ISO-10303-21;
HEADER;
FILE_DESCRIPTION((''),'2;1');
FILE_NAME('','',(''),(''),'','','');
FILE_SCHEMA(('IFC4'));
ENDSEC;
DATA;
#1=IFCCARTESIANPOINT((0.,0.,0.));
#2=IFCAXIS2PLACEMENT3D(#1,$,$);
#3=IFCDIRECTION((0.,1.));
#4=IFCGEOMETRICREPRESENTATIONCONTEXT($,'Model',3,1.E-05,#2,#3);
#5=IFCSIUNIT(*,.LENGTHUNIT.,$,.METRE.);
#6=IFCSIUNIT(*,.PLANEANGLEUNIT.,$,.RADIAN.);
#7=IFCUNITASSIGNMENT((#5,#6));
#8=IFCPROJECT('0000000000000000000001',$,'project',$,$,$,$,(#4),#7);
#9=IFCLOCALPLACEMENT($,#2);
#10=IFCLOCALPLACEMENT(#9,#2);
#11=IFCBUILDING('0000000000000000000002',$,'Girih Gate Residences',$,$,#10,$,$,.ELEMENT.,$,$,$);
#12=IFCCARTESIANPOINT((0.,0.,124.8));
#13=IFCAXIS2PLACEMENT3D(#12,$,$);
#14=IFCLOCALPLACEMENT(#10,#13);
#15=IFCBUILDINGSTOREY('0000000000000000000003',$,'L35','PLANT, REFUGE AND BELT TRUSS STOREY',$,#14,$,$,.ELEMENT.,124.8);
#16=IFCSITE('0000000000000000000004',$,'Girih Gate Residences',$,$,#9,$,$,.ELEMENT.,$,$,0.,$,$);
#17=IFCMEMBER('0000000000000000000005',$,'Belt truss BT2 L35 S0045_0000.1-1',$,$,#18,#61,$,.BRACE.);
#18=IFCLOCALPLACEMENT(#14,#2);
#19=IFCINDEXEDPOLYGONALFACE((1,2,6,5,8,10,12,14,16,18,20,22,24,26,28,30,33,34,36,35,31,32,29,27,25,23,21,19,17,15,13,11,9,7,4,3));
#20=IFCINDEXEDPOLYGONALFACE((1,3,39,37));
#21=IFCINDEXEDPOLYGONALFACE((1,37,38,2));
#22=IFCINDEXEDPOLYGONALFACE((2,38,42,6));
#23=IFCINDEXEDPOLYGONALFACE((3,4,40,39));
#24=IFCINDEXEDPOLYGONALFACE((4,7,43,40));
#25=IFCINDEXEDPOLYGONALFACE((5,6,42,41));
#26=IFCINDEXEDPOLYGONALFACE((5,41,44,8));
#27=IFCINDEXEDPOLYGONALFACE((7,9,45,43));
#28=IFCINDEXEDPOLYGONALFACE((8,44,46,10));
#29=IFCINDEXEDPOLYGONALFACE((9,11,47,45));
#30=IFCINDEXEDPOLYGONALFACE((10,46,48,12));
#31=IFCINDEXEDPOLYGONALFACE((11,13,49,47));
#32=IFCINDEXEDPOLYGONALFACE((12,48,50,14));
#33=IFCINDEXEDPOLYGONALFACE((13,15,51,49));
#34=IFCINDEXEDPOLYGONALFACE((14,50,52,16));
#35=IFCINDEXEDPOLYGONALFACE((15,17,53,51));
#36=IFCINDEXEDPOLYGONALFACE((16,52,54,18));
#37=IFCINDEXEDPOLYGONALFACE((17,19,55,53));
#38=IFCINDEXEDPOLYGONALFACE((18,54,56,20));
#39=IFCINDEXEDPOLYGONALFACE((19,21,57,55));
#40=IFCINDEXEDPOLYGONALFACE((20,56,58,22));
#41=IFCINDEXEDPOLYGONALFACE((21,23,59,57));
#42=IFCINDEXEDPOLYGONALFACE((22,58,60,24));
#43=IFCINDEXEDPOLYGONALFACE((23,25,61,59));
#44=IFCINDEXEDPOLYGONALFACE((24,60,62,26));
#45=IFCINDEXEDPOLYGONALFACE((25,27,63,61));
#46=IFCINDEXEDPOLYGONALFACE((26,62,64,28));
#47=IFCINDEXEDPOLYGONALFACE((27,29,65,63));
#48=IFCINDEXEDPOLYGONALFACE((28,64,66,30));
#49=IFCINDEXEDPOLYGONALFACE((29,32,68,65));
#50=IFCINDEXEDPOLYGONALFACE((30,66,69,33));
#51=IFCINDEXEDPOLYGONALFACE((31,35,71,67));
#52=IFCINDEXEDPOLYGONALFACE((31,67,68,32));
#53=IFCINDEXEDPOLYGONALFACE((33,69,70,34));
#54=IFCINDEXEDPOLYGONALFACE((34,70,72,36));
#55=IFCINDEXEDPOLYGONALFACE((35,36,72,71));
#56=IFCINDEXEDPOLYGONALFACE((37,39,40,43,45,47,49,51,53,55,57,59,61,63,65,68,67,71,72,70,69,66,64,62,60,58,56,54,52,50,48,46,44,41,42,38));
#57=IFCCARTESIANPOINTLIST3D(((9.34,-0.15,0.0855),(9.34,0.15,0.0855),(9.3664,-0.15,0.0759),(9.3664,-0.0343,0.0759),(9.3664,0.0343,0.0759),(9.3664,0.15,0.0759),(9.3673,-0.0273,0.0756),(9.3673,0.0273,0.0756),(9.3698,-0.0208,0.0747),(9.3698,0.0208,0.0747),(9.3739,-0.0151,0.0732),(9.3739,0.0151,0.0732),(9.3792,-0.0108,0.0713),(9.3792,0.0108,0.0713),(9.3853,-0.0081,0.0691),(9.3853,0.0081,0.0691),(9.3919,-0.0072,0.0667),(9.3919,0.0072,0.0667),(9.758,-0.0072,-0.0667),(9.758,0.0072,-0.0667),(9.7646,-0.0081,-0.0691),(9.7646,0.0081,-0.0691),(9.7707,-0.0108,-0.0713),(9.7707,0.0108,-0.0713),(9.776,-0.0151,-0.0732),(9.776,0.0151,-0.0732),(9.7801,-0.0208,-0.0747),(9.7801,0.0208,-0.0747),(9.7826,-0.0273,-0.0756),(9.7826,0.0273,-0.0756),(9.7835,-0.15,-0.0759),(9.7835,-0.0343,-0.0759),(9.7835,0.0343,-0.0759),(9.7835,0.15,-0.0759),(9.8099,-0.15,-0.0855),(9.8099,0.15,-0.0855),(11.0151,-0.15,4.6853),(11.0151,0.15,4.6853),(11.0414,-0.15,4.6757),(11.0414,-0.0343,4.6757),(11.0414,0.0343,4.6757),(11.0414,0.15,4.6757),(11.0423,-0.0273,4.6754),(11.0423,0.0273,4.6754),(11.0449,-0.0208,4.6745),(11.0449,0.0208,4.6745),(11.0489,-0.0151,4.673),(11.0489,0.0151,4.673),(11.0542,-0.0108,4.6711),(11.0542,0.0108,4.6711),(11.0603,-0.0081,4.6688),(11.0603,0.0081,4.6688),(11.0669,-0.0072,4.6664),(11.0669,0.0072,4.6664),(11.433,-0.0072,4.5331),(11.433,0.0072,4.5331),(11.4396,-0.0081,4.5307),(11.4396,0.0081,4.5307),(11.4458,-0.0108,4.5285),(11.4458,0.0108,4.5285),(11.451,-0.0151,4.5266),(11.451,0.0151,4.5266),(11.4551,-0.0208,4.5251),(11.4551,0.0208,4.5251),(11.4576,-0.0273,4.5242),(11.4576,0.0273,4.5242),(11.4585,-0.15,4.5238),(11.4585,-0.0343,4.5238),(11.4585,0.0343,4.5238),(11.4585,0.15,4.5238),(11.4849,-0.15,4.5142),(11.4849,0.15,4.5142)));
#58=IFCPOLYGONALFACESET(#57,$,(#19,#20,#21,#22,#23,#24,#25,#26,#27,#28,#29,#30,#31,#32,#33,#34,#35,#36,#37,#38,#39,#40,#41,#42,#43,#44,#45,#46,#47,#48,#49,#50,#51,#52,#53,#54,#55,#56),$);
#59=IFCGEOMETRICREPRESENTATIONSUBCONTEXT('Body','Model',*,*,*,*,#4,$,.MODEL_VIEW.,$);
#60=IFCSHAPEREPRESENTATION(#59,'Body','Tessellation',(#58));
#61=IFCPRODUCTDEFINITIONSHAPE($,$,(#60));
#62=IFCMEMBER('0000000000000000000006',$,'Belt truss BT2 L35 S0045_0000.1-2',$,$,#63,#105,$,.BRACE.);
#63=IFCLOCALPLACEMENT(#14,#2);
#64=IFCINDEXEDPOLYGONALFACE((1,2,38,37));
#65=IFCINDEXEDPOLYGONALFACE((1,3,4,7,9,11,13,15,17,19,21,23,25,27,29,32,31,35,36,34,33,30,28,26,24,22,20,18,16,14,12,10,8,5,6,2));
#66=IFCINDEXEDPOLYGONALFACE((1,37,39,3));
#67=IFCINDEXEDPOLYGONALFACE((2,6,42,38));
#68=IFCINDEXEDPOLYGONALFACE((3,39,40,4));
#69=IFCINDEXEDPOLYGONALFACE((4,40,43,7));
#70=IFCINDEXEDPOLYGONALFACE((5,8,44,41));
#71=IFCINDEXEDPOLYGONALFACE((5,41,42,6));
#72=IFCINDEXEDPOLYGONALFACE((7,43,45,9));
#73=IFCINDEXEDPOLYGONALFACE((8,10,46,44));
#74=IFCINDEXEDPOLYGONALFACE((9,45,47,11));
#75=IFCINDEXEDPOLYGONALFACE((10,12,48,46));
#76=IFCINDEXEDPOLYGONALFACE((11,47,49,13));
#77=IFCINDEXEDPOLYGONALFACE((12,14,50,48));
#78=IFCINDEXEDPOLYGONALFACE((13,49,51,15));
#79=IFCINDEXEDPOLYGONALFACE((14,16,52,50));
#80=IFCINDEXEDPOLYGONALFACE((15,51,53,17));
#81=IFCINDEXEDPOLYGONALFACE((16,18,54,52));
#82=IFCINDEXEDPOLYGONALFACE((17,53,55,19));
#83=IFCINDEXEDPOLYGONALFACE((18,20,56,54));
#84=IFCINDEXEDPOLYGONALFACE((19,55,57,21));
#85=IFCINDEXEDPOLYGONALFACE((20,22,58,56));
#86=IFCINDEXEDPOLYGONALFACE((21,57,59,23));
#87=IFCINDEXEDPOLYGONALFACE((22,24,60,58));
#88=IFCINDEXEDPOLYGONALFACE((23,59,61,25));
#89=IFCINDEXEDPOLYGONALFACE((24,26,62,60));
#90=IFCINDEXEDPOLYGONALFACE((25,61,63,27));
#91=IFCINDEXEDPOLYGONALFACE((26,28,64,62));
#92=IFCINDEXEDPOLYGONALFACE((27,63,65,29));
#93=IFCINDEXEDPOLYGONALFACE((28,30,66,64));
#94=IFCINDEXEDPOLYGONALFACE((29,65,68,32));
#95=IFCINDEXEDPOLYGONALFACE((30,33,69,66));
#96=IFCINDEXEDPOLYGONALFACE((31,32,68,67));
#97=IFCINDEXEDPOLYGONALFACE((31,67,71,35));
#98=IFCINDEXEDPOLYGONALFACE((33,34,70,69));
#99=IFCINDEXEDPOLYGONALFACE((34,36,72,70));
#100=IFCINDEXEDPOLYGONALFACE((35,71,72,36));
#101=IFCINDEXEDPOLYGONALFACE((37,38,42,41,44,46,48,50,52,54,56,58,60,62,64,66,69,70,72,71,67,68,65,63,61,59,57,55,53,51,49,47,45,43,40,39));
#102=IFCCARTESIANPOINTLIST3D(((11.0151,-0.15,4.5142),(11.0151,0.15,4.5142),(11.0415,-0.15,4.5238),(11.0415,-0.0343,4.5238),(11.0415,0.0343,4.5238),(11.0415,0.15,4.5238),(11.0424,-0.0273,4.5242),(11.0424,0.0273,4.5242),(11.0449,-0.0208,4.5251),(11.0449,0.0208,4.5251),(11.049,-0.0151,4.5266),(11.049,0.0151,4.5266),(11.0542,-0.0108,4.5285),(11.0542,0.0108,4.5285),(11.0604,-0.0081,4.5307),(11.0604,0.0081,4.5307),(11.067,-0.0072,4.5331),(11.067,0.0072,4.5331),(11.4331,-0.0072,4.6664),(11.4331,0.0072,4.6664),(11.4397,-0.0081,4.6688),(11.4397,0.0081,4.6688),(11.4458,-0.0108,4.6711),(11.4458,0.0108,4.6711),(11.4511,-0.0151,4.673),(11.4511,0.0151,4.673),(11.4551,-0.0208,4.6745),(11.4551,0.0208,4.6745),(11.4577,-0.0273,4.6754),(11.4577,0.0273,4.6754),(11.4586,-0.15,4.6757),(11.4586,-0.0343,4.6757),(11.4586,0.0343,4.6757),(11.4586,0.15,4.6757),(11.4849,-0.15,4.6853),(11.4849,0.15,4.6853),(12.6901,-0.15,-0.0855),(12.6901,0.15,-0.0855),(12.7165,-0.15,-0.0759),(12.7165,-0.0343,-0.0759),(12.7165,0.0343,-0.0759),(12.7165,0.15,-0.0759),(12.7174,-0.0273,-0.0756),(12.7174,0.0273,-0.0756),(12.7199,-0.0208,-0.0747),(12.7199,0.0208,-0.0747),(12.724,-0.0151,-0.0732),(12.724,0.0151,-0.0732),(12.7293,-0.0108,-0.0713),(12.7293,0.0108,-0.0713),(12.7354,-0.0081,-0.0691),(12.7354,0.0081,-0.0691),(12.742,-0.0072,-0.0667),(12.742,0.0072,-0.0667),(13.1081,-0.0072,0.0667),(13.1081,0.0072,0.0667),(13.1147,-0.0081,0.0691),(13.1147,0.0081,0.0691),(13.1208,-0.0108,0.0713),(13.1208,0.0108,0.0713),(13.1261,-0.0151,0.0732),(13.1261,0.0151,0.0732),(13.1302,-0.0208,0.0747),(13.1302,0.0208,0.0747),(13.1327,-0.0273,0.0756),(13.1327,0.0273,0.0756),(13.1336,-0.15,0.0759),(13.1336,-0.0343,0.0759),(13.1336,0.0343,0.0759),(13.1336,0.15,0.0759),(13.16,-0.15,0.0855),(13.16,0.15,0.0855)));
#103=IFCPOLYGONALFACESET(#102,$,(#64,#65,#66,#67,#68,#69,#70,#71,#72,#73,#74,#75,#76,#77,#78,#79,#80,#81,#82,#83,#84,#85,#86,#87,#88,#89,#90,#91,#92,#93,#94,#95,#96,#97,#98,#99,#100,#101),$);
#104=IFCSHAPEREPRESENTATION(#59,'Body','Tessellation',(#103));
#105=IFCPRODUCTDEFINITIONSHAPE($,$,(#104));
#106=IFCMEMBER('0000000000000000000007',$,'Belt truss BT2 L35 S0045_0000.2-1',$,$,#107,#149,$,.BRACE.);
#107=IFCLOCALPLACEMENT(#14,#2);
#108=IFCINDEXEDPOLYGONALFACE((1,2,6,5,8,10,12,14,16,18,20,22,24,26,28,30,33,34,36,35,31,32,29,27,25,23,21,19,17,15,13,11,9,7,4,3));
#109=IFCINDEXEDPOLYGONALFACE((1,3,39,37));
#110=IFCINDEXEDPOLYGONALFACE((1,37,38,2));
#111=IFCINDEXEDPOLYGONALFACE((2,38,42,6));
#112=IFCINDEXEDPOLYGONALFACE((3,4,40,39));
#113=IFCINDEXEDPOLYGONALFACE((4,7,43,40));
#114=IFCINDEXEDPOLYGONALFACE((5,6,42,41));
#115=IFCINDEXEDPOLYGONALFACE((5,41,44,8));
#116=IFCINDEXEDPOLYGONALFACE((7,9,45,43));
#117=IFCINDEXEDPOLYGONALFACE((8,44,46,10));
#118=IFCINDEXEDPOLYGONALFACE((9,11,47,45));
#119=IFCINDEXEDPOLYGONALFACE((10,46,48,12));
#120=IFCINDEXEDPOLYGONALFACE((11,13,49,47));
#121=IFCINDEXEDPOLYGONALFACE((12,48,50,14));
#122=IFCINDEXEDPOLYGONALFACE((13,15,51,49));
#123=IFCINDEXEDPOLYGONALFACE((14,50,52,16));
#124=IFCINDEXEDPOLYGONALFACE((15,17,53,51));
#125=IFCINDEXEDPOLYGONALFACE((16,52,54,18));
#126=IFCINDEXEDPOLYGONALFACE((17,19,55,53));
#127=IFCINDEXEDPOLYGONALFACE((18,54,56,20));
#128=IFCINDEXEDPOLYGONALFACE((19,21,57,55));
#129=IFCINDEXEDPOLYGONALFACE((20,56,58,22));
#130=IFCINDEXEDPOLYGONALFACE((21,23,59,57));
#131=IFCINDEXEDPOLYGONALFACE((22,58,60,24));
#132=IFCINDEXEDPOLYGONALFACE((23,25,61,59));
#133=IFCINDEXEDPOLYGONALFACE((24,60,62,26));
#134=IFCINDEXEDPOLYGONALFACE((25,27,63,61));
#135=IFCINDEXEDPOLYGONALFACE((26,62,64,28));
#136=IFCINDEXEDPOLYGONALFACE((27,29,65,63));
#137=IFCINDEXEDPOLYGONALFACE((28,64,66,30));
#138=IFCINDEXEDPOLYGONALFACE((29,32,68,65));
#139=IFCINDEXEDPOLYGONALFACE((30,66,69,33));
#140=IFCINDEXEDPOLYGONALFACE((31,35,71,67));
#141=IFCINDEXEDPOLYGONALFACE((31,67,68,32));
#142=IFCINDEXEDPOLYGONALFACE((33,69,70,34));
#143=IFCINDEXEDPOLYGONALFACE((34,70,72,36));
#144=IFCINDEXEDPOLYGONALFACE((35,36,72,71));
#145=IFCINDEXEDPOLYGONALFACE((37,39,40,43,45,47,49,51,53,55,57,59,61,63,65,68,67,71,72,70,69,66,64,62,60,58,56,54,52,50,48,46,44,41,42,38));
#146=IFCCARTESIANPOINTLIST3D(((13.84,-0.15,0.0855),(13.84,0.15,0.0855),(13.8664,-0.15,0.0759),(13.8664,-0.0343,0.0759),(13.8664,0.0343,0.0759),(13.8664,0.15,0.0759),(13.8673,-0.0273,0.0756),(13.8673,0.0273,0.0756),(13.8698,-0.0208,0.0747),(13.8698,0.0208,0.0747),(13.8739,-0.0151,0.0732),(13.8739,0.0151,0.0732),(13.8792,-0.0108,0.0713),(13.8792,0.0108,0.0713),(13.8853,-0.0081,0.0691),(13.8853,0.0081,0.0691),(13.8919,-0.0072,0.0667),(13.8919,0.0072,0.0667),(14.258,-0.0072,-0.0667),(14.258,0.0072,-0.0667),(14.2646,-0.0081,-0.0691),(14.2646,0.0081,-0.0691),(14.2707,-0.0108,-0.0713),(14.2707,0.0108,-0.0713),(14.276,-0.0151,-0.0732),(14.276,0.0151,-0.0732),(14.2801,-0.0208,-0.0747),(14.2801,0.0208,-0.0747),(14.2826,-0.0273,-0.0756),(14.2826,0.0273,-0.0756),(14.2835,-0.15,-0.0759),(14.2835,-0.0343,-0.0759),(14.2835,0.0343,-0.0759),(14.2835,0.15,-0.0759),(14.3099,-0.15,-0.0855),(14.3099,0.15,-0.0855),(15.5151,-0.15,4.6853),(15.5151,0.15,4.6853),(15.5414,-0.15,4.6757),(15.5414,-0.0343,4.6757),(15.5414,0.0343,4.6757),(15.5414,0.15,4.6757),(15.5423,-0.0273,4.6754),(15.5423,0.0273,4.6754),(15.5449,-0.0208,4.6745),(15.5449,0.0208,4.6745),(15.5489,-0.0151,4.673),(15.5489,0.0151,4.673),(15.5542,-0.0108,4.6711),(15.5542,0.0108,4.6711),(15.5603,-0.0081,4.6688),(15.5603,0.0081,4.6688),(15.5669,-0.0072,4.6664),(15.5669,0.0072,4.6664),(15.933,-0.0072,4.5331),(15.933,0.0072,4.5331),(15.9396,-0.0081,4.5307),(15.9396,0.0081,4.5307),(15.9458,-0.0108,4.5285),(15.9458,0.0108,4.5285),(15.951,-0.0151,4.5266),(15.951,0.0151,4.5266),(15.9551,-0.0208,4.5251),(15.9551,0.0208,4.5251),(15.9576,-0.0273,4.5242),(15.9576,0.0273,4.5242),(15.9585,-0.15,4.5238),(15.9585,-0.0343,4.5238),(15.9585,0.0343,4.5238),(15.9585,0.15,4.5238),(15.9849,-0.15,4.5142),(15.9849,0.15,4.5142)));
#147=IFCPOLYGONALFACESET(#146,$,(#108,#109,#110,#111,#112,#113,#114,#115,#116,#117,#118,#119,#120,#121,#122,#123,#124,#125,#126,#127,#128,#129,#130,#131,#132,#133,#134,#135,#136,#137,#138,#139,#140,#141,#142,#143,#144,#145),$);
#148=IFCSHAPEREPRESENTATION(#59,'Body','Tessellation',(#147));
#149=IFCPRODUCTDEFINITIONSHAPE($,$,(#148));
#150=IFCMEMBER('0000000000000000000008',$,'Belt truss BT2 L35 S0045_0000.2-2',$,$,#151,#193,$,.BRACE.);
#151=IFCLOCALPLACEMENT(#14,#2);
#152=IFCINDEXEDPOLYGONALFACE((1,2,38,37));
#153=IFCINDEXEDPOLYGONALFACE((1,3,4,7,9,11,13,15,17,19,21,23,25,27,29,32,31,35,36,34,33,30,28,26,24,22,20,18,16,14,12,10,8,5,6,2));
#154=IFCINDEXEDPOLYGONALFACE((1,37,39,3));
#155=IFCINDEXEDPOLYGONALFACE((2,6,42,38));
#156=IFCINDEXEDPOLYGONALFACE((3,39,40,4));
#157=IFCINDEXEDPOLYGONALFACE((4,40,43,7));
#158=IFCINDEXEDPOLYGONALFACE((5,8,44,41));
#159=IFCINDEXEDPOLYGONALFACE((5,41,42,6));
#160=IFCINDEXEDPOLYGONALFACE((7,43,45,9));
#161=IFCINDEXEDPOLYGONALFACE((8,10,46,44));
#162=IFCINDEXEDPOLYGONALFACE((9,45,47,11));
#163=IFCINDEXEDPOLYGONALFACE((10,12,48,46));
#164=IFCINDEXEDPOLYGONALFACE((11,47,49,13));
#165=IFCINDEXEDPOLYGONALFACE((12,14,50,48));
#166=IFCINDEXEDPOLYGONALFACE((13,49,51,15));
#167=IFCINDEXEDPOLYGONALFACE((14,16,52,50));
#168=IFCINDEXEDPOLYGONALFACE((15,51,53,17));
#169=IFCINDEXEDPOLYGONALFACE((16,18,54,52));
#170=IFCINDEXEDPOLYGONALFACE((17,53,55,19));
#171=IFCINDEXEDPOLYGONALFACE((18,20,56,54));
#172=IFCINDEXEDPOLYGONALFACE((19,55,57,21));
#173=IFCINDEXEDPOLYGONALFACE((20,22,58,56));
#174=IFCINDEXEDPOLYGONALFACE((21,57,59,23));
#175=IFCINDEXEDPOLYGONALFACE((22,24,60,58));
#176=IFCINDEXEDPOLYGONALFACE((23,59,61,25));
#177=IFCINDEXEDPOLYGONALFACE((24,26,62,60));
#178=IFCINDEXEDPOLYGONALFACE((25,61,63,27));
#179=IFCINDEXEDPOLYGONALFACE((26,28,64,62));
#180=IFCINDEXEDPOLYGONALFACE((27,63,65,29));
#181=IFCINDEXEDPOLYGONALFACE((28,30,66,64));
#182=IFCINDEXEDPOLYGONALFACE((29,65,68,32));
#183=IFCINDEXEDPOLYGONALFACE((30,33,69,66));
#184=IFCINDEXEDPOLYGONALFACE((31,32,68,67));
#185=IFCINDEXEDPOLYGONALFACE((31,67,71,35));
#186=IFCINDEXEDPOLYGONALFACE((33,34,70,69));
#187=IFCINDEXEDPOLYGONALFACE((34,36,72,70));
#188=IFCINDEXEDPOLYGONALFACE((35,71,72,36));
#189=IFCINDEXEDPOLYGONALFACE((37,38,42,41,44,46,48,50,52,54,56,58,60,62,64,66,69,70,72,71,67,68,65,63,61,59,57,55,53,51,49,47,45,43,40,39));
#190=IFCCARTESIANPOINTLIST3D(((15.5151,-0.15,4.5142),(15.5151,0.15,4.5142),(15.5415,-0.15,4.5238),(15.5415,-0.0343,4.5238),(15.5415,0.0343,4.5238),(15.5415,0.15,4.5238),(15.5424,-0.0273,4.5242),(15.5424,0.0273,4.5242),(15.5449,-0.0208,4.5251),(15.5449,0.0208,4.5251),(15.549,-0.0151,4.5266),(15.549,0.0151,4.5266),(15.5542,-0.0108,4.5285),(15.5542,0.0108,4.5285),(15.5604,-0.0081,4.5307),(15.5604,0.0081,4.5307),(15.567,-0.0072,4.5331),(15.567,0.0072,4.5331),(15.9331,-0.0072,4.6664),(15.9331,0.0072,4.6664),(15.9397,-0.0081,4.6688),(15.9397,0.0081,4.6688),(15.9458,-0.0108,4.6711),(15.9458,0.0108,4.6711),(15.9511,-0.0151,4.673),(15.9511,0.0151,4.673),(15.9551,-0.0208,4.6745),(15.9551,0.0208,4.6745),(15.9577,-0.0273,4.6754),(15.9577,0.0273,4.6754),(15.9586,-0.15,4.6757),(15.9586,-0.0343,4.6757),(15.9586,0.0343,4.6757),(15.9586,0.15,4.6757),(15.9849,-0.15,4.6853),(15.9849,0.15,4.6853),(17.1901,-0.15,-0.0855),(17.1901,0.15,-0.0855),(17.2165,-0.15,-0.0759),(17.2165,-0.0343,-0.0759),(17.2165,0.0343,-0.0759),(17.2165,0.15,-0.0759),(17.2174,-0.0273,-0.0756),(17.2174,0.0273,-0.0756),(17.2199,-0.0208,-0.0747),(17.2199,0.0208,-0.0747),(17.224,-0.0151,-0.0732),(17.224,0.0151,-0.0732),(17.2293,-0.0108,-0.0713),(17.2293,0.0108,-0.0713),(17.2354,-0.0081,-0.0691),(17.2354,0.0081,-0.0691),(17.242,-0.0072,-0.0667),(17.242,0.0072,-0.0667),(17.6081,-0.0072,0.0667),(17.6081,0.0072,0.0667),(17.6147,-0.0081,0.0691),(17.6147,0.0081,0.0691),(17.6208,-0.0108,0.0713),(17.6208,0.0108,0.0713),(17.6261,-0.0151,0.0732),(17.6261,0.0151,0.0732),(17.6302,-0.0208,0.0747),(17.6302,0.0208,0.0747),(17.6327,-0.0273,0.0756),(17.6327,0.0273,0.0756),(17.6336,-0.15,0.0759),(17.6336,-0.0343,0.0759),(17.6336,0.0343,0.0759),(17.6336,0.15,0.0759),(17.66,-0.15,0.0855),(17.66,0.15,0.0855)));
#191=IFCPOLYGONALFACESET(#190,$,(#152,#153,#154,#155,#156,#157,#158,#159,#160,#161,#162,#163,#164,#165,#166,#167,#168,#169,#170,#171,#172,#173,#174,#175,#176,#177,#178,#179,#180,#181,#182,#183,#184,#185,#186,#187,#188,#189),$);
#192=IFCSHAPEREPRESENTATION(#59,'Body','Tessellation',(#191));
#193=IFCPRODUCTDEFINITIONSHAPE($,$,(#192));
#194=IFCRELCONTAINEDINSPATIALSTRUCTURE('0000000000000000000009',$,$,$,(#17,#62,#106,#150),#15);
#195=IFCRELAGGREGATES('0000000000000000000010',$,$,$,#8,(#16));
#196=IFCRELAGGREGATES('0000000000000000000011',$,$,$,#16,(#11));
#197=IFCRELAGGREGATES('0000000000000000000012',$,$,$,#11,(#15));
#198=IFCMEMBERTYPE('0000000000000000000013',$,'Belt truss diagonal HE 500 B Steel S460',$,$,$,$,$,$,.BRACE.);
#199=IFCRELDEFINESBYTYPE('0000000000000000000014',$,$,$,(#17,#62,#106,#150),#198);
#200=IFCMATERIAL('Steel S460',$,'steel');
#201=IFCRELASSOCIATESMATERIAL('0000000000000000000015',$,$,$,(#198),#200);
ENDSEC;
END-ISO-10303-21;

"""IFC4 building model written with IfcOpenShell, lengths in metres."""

from ifc_helpers import new_model, si_unit, direction, frame, origin, origin_2d, place, context, subcontext, project, spatial, i_section, extrude, material, material_profile, profile_set, type_object, element, save


model = new_model("IFC4")

# Units and contexts
model_context = context("Model", 3, precision=1e-05, world=origin(), true_north=direction((0.0, 1.0)))
body_context = subcontext(model_context, "Body", "Model", "MODEL_VIEW")
ifc_project = project(units=[si_unit("LENGTHUNIT", "METRE"), si_unit("PLANEANGLEUNIT", "RADIAN")], contexts=[model_context])

# Site, building, storey
site_placement = place(None, origin())
site = spatial("IfcSite", under=ifc_project, at=site_placement, Name="Girih Gate Residences", CompositionType="ELEMENT", RefElevation=0.0)
building_placement = place(site_placement, origin())
building = spatial("IfcBuilding", under=site, at=building_placement, Name="Girih Gate Residences", CompositionType="ELEMENT")
storey_placement = place(building_placement, frame((0.0, 0.0, 124.8)))
storey = spatial("IfcBuildingStorey", under=building, at=storey_placement, Name="L35", Description="PLANT, REFUGE AND BELT TRUSS STOREY", CompositionType="ELEMENT", Elevation=124.8)

# Members
ifc_material_1 = material(Name="Steel S460", Category="steel")
ifc_material_profile_1 = material_profile(ifc_material_1, i_section(OverallWidth=0.3, OverallDepth=0.5, WebThickness=0.0144, FlangeThickness=0.0281, FilletRadius=0.0271, at=origin_2d()))
ifc_profile_set_1 = profile_set([ifc_material_profile_1], Name="Steel S460")
member_type_1 = type_object("IfcMemberType", Name="Belt truss diagonal HE 500 B Steel S460", PredefinedType="BRACE", material=ifc_profile_set_1)
for number, where, z_axis, x_axis, name in (
    (1, (9.575, 0.0, 0.0), (0.342171, 0.0, 0.939638), (0.0, 1.0, 0.0), "Belt truss BT2 L35 S0045_0000.1-1"),
    (2, (12.925, 0.0, 0.0), (-0.342171, 0.0, 0.939638), (0.0, -1.0, 0.0), "Belt truss BT2 L35 S0045_0000.1-2"),
    (3, (14.075, 0.0, 0.0), (0.342171, 0.0, 0.939638), (0.0, 1.0, 0.0), "Belt truss BT2 L35 S0045_0000.2-1"),
    (4, (17.425, 0.0, 0.0), (-0.342171, 0.0, 0.939638), (0.0, -1.0, 0.0), "Belt truss BT2 L35 S0045_0000.2-2"),
):
    element("IfcMember", number, at=place(storey_placement, frame(where, z_axis=z_axis, x_axis=x_axis)), inside=storey, type_object=member_type_1, Name=name, PredefinedType="BRACE", context=body_context, shape_type="SweptSolid", body=[
        extrude(i_section(OverallWidth=0.3, OverallDepth=0.5, WebThickness=0.0144, FlangeThickness=0.0281, FilletRadius=0.0271, at=origin_2d()), origin(), (0.0, 0.0, 1.0), 4.8953),
    ])

save(model, "model.ifc")
